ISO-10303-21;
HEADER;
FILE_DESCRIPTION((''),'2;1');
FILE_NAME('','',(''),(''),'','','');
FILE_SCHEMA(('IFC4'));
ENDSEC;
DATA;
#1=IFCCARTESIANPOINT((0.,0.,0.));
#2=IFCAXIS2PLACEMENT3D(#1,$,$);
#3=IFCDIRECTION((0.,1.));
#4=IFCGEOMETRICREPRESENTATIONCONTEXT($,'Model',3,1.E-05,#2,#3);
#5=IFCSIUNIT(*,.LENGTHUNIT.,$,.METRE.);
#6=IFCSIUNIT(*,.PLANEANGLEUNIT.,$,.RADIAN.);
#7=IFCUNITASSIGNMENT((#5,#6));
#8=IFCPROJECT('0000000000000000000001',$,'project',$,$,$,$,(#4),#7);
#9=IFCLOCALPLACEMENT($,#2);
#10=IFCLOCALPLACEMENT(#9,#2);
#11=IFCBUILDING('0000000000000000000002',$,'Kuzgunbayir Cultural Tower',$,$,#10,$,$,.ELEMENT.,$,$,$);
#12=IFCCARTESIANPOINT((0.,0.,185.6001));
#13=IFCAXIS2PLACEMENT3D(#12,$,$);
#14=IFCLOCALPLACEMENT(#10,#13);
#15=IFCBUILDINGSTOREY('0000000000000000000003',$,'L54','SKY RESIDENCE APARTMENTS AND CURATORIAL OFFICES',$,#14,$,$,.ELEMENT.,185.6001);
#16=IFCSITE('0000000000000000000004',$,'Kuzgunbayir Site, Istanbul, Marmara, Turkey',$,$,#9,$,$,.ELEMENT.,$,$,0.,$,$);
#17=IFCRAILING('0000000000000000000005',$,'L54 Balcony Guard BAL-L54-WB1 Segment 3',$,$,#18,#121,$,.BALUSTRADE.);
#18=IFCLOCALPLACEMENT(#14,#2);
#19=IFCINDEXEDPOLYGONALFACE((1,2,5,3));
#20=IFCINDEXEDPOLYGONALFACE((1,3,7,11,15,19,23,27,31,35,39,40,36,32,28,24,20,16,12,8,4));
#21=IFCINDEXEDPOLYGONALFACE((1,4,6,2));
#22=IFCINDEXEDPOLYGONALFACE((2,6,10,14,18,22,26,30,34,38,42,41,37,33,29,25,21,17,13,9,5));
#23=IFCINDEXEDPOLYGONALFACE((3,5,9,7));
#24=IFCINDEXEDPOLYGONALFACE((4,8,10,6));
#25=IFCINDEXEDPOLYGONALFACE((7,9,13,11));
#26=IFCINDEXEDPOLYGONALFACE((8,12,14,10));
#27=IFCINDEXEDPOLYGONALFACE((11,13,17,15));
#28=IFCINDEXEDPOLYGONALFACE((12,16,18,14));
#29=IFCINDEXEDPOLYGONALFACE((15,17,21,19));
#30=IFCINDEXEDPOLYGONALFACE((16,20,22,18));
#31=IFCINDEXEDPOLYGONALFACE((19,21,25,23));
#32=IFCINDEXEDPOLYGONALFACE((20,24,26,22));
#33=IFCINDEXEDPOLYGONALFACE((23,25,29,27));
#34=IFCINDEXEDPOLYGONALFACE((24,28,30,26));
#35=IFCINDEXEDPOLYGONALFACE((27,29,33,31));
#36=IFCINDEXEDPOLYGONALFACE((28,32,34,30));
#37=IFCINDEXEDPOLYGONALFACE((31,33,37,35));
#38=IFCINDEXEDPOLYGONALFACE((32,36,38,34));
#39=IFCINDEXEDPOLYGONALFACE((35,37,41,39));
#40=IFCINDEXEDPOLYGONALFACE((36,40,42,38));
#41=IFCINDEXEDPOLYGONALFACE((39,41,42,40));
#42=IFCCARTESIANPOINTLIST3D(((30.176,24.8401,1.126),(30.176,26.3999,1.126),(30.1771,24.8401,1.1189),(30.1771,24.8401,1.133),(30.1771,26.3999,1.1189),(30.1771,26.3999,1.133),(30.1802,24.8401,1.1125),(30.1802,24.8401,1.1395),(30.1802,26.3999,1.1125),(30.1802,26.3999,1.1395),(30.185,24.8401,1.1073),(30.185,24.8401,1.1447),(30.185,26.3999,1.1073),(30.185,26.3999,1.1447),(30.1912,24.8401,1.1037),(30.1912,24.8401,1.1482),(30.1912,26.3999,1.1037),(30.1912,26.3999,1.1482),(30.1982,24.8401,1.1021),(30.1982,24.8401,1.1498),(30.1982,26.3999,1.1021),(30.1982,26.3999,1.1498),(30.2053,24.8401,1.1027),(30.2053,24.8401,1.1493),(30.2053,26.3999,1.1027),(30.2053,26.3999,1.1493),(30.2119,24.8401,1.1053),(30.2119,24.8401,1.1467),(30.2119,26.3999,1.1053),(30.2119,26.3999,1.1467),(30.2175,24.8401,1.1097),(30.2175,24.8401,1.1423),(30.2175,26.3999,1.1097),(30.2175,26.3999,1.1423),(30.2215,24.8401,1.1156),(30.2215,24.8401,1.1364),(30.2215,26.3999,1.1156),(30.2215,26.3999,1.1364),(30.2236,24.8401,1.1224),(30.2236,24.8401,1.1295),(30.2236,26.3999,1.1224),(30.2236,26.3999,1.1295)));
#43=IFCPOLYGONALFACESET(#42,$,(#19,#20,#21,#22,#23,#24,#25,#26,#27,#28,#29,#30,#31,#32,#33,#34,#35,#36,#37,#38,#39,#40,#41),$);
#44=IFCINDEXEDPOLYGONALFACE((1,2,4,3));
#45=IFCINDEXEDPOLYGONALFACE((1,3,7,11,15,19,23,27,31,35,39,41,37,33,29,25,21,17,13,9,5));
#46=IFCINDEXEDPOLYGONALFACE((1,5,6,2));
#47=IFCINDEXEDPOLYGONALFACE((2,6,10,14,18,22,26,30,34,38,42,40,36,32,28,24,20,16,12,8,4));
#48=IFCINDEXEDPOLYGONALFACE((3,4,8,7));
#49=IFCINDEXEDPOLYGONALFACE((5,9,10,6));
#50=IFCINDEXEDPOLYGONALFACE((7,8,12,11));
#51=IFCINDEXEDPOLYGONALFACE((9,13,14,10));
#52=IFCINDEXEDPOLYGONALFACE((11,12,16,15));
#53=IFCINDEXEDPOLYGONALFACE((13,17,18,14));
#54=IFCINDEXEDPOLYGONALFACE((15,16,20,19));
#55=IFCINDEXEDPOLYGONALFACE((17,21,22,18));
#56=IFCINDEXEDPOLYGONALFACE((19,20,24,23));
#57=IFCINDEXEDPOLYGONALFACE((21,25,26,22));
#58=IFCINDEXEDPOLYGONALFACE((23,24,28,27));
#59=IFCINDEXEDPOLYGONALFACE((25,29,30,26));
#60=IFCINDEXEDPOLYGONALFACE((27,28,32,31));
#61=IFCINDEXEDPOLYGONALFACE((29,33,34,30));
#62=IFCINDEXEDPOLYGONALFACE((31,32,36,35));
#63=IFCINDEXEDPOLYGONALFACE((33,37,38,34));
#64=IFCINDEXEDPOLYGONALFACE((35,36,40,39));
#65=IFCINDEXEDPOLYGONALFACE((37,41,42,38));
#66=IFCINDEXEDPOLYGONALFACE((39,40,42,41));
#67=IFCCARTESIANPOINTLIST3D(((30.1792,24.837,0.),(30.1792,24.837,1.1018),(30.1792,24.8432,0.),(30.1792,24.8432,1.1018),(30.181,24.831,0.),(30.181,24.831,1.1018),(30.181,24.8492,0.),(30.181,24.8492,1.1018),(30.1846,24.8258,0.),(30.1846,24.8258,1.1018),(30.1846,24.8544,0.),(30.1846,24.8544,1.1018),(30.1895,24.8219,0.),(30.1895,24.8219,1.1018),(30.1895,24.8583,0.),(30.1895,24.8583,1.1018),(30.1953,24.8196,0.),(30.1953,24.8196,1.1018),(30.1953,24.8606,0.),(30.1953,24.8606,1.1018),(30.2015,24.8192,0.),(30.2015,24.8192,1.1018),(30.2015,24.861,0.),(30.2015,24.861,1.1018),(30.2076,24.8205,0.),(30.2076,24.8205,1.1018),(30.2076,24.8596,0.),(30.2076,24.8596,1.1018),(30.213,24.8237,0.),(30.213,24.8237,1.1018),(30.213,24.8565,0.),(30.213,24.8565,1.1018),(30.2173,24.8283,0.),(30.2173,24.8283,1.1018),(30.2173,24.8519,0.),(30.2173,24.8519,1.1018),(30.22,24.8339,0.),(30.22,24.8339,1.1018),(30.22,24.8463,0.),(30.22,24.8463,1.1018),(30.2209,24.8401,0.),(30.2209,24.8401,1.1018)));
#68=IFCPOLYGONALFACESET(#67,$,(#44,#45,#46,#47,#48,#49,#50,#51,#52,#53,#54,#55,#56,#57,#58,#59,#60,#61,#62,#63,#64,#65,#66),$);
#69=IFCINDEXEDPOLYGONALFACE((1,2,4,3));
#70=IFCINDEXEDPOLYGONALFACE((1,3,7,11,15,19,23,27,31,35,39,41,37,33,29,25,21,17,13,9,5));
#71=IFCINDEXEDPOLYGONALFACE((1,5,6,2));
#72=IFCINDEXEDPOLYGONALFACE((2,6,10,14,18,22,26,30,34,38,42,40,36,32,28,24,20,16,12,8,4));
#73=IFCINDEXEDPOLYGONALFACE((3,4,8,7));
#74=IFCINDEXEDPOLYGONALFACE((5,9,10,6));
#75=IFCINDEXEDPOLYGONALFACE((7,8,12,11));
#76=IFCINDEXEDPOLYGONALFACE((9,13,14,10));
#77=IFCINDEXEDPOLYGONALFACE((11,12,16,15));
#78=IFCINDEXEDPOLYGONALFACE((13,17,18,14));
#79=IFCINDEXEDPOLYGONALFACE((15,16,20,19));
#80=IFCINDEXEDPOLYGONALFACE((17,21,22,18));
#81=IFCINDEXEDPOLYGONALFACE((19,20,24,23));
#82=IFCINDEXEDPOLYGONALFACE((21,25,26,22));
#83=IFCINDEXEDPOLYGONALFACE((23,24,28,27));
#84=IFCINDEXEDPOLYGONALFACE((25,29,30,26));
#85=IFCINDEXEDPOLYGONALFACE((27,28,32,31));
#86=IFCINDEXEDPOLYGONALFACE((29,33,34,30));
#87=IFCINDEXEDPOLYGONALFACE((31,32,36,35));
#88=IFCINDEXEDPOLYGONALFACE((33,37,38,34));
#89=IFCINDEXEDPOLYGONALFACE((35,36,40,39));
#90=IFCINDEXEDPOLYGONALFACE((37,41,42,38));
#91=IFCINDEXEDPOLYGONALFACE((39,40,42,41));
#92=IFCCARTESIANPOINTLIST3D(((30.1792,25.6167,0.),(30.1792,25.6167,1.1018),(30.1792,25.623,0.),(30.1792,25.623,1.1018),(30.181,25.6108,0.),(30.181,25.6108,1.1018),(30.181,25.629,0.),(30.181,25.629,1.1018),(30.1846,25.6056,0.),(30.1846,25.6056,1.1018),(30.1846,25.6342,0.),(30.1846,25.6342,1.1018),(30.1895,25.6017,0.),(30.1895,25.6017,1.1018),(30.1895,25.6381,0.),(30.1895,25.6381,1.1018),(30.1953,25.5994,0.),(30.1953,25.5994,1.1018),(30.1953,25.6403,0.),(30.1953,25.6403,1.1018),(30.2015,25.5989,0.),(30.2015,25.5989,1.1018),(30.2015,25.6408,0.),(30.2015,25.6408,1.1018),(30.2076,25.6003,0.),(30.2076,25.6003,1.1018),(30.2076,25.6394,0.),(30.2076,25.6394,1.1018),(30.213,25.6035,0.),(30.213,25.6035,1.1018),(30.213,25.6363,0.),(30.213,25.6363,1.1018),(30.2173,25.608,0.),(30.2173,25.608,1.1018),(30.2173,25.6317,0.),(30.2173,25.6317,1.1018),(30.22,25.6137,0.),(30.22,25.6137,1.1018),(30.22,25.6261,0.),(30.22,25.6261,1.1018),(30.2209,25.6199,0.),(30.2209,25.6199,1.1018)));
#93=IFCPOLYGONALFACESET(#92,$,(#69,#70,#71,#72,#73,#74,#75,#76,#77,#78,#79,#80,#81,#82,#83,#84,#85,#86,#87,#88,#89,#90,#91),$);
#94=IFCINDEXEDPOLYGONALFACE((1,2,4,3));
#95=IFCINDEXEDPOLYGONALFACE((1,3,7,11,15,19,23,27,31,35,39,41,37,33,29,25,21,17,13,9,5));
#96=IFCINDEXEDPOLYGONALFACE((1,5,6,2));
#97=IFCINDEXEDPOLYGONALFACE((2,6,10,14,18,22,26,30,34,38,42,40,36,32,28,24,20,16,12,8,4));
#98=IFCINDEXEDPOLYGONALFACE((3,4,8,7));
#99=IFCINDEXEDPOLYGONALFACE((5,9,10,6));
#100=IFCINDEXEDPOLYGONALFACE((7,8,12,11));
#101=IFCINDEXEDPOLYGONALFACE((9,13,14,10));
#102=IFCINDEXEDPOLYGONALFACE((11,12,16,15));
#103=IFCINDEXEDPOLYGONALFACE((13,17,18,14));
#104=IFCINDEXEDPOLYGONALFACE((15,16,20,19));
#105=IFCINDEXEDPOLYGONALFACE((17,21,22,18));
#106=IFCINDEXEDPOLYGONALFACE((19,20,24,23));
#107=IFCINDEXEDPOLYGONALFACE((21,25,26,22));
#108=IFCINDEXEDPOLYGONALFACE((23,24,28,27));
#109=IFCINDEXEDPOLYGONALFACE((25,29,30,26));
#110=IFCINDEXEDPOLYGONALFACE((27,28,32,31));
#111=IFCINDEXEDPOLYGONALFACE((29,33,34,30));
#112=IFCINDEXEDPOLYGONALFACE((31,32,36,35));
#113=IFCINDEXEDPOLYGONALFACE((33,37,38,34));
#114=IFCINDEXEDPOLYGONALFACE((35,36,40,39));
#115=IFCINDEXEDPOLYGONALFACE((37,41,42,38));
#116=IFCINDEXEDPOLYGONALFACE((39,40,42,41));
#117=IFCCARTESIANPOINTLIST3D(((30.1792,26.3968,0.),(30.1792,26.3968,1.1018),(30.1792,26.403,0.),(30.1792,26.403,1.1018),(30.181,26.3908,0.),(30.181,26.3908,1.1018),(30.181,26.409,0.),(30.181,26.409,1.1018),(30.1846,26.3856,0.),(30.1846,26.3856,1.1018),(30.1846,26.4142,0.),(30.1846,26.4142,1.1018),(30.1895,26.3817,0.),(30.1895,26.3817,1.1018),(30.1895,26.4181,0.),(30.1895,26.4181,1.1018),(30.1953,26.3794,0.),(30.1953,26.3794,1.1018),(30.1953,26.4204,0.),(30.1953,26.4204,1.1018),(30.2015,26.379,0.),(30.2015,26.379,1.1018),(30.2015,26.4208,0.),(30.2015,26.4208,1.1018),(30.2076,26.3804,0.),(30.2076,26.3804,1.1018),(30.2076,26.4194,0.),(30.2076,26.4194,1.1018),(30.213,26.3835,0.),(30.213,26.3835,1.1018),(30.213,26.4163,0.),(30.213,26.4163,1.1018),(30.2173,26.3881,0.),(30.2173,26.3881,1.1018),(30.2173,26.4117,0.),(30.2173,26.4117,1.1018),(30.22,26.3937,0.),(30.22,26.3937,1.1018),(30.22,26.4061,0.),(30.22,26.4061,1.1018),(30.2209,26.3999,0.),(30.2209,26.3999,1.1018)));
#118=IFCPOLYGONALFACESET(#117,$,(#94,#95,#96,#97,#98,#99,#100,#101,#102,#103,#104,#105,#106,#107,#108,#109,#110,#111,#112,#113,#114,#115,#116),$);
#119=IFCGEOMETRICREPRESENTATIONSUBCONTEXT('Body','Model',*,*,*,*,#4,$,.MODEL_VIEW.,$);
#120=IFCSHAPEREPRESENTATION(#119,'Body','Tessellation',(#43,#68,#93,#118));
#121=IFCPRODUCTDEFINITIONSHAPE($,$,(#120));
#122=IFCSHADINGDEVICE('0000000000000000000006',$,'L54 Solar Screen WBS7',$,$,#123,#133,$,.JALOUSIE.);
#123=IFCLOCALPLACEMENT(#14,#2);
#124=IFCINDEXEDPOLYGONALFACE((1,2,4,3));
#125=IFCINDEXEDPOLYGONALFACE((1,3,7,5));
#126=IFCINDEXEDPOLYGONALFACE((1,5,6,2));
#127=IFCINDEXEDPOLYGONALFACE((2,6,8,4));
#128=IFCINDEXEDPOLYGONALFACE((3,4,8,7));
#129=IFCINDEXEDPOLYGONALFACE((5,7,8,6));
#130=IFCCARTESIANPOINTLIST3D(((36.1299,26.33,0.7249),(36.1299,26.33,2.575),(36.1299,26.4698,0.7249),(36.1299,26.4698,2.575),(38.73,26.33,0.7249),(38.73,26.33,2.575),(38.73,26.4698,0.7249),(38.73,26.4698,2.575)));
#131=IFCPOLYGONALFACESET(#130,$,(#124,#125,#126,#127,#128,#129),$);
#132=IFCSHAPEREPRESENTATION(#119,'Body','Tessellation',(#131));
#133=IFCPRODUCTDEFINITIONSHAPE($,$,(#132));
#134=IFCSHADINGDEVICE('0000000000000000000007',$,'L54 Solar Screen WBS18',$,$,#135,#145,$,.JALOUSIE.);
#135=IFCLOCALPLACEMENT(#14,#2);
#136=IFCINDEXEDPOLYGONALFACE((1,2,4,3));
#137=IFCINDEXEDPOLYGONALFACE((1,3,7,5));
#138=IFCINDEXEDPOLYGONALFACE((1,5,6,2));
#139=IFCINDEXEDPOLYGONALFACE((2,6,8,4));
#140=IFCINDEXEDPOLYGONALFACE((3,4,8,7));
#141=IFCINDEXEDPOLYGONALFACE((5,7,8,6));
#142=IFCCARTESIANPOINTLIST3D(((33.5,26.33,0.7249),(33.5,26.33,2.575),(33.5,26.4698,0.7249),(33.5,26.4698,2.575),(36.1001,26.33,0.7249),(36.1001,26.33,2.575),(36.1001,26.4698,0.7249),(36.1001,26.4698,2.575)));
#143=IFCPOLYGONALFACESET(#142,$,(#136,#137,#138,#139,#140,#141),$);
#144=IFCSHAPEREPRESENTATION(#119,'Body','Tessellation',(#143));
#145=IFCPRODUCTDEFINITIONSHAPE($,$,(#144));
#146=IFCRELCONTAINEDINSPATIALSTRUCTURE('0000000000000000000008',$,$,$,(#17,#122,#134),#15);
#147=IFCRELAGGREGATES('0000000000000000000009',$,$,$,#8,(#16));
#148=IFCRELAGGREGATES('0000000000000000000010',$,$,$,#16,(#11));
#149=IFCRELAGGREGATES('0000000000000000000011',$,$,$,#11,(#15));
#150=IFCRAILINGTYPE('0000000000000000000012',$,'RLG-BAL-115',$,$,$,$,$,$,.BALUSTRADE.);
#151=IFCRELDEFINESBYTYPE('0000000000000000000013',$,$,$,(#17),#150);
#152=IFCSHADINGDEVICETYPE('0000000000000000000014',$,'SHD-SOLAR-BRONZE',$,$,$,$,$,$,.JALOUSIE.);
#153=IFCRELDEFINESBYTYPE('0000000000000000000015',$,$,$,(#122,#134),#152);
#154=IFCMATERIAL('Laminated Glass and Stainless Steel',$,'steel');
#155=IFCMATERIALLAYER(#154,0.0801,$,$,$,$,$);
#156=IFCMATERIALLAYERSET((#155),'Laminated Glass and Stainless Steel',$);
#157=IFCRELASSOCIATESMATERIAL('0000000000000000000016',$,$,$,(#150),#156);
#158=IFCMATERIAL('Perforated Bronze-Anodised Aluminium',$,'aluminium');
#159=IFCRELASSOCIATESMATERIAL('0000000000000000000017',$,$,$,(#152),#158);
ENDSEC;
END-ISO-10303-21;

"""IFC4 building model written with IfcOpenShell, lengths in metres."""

from ifc_helpers import new_model, si_unit, direction, frame, origin, origin_2d, place, context, subcontext, project, spatial, rectangle, circle, extrude, material, layer, layer_set, type_object, element, save


model = new_model("IFC4")

# Units and contexts
model_context = context("Model", 3, precision=1e-05, world=origin(), true_north=direction((0.0, 1.0)))
body_context = subcontext(model_context, "Body", "Model", "MODEL_VIEW")
ifc_project = project(units=[si_unit("LENGTHUNIT", "METRE"), si_unit("PLANEANGLEUNIT", "RADIAN")], contexts=[model_context])

# Site, building, storey
site_placement = place(None, origin())
site = spatial("IfcSite", under=ifc_project, at=site_placement, Name="Kuzgunbayir Site, Istanbul, Marmara, Turkey", CompositionType="ELEMENT", RefElevation=0.0)
building_placement = place(site_placement, origin())
building = spatial("IfcBuilding", under=site, at=building_placement, Name="Kuzgunbayir Cultural Tower", CompositionType="ELEMENT")
storey_placement = place(building_placement, frame((0.0, 0.0, 185.6001)))
storey = spatial("IfcBuildingStorey", under=building, at=storey_placement, Name="L54", Description="SKY RESIDENCE APARTMENTS AND CURATORIAL OFFICES", CompositionType="ELEMENT", Elevation=185.6001)

# Railing
ifc_material_1 = material(Name="Laminated Glass and Stainless Steel", Category="steel")
ifc_layer_1 = layer(ifc_material_1, 0.0801)
ifc_layer_set_1 = layer_set([ifc_layer_1], Name="Laminated Glass and Stainless Steel")
railing_type = type_object("IfcRailingType", Name="RLG-BAL-115", PredefinedType="BALUSTRADE", material=ifc_layer_set_1)
railing_1_placement = place(storey_placement, frame((30.2, 24.8401, 0.0)))
element("IfcRailing", 1, at=railing_1_placement, inside=storey, type_object=railing_type, Name="L54 Balcony Guard BAL-L54-WB1 Segment 3", PredefinedType="BALUSTRADE", context=body_context, shape_type="SweptSolid", body=[
    extrude(circle(Radius=0.0239, at=origin_2d()), frame((0.0, 0.0, 1.126), z_axis=(0.0, 1.0, 0.0), x_axis=(-1.0, 0.0, 0.0)), (0.0, 0.0, 1.0), 1.5598),
    extrude(circle(Radius=0.021, at=origin_2d()), origin(), (0.0, 0.0, 1.0), 1.1018),
    extrude(circle(Radius=0.021, at=origin_2d()), frame((0.0, 0.7798, 0.0)), (0.0, 0.0, 1.0), 1.1018),
    extrude(circle(Radius=0.021, at=origin_2d()), frame((0.0, 1.5598, 0.0)), (0.0, 0.0, 1.0), 1.1018),
])

# Shading devices
ifc_material_2 = material(Name="Perforated Bronze-Anodised Aluminium", Category="aluminium")
shading_device_type = type_object("IfcShadingDeviceType", Name="SHD-SOLAR-BRONZE", PredefinedType="JALOUSIE", material=ifc_material_2)
for number, where, z_axis, x_axis, name in (
    (2, (37.4299, 26.3999, 0.7249), (0.0, 0.0, 1.0), (1.0, 0.0, 0.0), "L54 Solar Screen WBS7"),
    (3, (34.8, 26.3999, 0.7249), (0.0, 0.0, 1.0), (1.0, 0.0, 0.0), "L54 Solar Screen WBS18"),
):
    element("IfcShadingDevice", number, at=place(storey_placement, frame(where, z_axis=z_axis, x_axis=x_axis)), inside=storey, type_object=shading_device_type, Name=name, PredefinedType="JALOUSIE", context=body_context, shape_type="SweptSolid", body=[
        extrude(rectangle(XDim=2.6001, YDim=0.1399, at=origin_2d()), origin(), (0.0, 0.0, 1.0), 1.8501),
    ])

save(model, "model.ifc")
